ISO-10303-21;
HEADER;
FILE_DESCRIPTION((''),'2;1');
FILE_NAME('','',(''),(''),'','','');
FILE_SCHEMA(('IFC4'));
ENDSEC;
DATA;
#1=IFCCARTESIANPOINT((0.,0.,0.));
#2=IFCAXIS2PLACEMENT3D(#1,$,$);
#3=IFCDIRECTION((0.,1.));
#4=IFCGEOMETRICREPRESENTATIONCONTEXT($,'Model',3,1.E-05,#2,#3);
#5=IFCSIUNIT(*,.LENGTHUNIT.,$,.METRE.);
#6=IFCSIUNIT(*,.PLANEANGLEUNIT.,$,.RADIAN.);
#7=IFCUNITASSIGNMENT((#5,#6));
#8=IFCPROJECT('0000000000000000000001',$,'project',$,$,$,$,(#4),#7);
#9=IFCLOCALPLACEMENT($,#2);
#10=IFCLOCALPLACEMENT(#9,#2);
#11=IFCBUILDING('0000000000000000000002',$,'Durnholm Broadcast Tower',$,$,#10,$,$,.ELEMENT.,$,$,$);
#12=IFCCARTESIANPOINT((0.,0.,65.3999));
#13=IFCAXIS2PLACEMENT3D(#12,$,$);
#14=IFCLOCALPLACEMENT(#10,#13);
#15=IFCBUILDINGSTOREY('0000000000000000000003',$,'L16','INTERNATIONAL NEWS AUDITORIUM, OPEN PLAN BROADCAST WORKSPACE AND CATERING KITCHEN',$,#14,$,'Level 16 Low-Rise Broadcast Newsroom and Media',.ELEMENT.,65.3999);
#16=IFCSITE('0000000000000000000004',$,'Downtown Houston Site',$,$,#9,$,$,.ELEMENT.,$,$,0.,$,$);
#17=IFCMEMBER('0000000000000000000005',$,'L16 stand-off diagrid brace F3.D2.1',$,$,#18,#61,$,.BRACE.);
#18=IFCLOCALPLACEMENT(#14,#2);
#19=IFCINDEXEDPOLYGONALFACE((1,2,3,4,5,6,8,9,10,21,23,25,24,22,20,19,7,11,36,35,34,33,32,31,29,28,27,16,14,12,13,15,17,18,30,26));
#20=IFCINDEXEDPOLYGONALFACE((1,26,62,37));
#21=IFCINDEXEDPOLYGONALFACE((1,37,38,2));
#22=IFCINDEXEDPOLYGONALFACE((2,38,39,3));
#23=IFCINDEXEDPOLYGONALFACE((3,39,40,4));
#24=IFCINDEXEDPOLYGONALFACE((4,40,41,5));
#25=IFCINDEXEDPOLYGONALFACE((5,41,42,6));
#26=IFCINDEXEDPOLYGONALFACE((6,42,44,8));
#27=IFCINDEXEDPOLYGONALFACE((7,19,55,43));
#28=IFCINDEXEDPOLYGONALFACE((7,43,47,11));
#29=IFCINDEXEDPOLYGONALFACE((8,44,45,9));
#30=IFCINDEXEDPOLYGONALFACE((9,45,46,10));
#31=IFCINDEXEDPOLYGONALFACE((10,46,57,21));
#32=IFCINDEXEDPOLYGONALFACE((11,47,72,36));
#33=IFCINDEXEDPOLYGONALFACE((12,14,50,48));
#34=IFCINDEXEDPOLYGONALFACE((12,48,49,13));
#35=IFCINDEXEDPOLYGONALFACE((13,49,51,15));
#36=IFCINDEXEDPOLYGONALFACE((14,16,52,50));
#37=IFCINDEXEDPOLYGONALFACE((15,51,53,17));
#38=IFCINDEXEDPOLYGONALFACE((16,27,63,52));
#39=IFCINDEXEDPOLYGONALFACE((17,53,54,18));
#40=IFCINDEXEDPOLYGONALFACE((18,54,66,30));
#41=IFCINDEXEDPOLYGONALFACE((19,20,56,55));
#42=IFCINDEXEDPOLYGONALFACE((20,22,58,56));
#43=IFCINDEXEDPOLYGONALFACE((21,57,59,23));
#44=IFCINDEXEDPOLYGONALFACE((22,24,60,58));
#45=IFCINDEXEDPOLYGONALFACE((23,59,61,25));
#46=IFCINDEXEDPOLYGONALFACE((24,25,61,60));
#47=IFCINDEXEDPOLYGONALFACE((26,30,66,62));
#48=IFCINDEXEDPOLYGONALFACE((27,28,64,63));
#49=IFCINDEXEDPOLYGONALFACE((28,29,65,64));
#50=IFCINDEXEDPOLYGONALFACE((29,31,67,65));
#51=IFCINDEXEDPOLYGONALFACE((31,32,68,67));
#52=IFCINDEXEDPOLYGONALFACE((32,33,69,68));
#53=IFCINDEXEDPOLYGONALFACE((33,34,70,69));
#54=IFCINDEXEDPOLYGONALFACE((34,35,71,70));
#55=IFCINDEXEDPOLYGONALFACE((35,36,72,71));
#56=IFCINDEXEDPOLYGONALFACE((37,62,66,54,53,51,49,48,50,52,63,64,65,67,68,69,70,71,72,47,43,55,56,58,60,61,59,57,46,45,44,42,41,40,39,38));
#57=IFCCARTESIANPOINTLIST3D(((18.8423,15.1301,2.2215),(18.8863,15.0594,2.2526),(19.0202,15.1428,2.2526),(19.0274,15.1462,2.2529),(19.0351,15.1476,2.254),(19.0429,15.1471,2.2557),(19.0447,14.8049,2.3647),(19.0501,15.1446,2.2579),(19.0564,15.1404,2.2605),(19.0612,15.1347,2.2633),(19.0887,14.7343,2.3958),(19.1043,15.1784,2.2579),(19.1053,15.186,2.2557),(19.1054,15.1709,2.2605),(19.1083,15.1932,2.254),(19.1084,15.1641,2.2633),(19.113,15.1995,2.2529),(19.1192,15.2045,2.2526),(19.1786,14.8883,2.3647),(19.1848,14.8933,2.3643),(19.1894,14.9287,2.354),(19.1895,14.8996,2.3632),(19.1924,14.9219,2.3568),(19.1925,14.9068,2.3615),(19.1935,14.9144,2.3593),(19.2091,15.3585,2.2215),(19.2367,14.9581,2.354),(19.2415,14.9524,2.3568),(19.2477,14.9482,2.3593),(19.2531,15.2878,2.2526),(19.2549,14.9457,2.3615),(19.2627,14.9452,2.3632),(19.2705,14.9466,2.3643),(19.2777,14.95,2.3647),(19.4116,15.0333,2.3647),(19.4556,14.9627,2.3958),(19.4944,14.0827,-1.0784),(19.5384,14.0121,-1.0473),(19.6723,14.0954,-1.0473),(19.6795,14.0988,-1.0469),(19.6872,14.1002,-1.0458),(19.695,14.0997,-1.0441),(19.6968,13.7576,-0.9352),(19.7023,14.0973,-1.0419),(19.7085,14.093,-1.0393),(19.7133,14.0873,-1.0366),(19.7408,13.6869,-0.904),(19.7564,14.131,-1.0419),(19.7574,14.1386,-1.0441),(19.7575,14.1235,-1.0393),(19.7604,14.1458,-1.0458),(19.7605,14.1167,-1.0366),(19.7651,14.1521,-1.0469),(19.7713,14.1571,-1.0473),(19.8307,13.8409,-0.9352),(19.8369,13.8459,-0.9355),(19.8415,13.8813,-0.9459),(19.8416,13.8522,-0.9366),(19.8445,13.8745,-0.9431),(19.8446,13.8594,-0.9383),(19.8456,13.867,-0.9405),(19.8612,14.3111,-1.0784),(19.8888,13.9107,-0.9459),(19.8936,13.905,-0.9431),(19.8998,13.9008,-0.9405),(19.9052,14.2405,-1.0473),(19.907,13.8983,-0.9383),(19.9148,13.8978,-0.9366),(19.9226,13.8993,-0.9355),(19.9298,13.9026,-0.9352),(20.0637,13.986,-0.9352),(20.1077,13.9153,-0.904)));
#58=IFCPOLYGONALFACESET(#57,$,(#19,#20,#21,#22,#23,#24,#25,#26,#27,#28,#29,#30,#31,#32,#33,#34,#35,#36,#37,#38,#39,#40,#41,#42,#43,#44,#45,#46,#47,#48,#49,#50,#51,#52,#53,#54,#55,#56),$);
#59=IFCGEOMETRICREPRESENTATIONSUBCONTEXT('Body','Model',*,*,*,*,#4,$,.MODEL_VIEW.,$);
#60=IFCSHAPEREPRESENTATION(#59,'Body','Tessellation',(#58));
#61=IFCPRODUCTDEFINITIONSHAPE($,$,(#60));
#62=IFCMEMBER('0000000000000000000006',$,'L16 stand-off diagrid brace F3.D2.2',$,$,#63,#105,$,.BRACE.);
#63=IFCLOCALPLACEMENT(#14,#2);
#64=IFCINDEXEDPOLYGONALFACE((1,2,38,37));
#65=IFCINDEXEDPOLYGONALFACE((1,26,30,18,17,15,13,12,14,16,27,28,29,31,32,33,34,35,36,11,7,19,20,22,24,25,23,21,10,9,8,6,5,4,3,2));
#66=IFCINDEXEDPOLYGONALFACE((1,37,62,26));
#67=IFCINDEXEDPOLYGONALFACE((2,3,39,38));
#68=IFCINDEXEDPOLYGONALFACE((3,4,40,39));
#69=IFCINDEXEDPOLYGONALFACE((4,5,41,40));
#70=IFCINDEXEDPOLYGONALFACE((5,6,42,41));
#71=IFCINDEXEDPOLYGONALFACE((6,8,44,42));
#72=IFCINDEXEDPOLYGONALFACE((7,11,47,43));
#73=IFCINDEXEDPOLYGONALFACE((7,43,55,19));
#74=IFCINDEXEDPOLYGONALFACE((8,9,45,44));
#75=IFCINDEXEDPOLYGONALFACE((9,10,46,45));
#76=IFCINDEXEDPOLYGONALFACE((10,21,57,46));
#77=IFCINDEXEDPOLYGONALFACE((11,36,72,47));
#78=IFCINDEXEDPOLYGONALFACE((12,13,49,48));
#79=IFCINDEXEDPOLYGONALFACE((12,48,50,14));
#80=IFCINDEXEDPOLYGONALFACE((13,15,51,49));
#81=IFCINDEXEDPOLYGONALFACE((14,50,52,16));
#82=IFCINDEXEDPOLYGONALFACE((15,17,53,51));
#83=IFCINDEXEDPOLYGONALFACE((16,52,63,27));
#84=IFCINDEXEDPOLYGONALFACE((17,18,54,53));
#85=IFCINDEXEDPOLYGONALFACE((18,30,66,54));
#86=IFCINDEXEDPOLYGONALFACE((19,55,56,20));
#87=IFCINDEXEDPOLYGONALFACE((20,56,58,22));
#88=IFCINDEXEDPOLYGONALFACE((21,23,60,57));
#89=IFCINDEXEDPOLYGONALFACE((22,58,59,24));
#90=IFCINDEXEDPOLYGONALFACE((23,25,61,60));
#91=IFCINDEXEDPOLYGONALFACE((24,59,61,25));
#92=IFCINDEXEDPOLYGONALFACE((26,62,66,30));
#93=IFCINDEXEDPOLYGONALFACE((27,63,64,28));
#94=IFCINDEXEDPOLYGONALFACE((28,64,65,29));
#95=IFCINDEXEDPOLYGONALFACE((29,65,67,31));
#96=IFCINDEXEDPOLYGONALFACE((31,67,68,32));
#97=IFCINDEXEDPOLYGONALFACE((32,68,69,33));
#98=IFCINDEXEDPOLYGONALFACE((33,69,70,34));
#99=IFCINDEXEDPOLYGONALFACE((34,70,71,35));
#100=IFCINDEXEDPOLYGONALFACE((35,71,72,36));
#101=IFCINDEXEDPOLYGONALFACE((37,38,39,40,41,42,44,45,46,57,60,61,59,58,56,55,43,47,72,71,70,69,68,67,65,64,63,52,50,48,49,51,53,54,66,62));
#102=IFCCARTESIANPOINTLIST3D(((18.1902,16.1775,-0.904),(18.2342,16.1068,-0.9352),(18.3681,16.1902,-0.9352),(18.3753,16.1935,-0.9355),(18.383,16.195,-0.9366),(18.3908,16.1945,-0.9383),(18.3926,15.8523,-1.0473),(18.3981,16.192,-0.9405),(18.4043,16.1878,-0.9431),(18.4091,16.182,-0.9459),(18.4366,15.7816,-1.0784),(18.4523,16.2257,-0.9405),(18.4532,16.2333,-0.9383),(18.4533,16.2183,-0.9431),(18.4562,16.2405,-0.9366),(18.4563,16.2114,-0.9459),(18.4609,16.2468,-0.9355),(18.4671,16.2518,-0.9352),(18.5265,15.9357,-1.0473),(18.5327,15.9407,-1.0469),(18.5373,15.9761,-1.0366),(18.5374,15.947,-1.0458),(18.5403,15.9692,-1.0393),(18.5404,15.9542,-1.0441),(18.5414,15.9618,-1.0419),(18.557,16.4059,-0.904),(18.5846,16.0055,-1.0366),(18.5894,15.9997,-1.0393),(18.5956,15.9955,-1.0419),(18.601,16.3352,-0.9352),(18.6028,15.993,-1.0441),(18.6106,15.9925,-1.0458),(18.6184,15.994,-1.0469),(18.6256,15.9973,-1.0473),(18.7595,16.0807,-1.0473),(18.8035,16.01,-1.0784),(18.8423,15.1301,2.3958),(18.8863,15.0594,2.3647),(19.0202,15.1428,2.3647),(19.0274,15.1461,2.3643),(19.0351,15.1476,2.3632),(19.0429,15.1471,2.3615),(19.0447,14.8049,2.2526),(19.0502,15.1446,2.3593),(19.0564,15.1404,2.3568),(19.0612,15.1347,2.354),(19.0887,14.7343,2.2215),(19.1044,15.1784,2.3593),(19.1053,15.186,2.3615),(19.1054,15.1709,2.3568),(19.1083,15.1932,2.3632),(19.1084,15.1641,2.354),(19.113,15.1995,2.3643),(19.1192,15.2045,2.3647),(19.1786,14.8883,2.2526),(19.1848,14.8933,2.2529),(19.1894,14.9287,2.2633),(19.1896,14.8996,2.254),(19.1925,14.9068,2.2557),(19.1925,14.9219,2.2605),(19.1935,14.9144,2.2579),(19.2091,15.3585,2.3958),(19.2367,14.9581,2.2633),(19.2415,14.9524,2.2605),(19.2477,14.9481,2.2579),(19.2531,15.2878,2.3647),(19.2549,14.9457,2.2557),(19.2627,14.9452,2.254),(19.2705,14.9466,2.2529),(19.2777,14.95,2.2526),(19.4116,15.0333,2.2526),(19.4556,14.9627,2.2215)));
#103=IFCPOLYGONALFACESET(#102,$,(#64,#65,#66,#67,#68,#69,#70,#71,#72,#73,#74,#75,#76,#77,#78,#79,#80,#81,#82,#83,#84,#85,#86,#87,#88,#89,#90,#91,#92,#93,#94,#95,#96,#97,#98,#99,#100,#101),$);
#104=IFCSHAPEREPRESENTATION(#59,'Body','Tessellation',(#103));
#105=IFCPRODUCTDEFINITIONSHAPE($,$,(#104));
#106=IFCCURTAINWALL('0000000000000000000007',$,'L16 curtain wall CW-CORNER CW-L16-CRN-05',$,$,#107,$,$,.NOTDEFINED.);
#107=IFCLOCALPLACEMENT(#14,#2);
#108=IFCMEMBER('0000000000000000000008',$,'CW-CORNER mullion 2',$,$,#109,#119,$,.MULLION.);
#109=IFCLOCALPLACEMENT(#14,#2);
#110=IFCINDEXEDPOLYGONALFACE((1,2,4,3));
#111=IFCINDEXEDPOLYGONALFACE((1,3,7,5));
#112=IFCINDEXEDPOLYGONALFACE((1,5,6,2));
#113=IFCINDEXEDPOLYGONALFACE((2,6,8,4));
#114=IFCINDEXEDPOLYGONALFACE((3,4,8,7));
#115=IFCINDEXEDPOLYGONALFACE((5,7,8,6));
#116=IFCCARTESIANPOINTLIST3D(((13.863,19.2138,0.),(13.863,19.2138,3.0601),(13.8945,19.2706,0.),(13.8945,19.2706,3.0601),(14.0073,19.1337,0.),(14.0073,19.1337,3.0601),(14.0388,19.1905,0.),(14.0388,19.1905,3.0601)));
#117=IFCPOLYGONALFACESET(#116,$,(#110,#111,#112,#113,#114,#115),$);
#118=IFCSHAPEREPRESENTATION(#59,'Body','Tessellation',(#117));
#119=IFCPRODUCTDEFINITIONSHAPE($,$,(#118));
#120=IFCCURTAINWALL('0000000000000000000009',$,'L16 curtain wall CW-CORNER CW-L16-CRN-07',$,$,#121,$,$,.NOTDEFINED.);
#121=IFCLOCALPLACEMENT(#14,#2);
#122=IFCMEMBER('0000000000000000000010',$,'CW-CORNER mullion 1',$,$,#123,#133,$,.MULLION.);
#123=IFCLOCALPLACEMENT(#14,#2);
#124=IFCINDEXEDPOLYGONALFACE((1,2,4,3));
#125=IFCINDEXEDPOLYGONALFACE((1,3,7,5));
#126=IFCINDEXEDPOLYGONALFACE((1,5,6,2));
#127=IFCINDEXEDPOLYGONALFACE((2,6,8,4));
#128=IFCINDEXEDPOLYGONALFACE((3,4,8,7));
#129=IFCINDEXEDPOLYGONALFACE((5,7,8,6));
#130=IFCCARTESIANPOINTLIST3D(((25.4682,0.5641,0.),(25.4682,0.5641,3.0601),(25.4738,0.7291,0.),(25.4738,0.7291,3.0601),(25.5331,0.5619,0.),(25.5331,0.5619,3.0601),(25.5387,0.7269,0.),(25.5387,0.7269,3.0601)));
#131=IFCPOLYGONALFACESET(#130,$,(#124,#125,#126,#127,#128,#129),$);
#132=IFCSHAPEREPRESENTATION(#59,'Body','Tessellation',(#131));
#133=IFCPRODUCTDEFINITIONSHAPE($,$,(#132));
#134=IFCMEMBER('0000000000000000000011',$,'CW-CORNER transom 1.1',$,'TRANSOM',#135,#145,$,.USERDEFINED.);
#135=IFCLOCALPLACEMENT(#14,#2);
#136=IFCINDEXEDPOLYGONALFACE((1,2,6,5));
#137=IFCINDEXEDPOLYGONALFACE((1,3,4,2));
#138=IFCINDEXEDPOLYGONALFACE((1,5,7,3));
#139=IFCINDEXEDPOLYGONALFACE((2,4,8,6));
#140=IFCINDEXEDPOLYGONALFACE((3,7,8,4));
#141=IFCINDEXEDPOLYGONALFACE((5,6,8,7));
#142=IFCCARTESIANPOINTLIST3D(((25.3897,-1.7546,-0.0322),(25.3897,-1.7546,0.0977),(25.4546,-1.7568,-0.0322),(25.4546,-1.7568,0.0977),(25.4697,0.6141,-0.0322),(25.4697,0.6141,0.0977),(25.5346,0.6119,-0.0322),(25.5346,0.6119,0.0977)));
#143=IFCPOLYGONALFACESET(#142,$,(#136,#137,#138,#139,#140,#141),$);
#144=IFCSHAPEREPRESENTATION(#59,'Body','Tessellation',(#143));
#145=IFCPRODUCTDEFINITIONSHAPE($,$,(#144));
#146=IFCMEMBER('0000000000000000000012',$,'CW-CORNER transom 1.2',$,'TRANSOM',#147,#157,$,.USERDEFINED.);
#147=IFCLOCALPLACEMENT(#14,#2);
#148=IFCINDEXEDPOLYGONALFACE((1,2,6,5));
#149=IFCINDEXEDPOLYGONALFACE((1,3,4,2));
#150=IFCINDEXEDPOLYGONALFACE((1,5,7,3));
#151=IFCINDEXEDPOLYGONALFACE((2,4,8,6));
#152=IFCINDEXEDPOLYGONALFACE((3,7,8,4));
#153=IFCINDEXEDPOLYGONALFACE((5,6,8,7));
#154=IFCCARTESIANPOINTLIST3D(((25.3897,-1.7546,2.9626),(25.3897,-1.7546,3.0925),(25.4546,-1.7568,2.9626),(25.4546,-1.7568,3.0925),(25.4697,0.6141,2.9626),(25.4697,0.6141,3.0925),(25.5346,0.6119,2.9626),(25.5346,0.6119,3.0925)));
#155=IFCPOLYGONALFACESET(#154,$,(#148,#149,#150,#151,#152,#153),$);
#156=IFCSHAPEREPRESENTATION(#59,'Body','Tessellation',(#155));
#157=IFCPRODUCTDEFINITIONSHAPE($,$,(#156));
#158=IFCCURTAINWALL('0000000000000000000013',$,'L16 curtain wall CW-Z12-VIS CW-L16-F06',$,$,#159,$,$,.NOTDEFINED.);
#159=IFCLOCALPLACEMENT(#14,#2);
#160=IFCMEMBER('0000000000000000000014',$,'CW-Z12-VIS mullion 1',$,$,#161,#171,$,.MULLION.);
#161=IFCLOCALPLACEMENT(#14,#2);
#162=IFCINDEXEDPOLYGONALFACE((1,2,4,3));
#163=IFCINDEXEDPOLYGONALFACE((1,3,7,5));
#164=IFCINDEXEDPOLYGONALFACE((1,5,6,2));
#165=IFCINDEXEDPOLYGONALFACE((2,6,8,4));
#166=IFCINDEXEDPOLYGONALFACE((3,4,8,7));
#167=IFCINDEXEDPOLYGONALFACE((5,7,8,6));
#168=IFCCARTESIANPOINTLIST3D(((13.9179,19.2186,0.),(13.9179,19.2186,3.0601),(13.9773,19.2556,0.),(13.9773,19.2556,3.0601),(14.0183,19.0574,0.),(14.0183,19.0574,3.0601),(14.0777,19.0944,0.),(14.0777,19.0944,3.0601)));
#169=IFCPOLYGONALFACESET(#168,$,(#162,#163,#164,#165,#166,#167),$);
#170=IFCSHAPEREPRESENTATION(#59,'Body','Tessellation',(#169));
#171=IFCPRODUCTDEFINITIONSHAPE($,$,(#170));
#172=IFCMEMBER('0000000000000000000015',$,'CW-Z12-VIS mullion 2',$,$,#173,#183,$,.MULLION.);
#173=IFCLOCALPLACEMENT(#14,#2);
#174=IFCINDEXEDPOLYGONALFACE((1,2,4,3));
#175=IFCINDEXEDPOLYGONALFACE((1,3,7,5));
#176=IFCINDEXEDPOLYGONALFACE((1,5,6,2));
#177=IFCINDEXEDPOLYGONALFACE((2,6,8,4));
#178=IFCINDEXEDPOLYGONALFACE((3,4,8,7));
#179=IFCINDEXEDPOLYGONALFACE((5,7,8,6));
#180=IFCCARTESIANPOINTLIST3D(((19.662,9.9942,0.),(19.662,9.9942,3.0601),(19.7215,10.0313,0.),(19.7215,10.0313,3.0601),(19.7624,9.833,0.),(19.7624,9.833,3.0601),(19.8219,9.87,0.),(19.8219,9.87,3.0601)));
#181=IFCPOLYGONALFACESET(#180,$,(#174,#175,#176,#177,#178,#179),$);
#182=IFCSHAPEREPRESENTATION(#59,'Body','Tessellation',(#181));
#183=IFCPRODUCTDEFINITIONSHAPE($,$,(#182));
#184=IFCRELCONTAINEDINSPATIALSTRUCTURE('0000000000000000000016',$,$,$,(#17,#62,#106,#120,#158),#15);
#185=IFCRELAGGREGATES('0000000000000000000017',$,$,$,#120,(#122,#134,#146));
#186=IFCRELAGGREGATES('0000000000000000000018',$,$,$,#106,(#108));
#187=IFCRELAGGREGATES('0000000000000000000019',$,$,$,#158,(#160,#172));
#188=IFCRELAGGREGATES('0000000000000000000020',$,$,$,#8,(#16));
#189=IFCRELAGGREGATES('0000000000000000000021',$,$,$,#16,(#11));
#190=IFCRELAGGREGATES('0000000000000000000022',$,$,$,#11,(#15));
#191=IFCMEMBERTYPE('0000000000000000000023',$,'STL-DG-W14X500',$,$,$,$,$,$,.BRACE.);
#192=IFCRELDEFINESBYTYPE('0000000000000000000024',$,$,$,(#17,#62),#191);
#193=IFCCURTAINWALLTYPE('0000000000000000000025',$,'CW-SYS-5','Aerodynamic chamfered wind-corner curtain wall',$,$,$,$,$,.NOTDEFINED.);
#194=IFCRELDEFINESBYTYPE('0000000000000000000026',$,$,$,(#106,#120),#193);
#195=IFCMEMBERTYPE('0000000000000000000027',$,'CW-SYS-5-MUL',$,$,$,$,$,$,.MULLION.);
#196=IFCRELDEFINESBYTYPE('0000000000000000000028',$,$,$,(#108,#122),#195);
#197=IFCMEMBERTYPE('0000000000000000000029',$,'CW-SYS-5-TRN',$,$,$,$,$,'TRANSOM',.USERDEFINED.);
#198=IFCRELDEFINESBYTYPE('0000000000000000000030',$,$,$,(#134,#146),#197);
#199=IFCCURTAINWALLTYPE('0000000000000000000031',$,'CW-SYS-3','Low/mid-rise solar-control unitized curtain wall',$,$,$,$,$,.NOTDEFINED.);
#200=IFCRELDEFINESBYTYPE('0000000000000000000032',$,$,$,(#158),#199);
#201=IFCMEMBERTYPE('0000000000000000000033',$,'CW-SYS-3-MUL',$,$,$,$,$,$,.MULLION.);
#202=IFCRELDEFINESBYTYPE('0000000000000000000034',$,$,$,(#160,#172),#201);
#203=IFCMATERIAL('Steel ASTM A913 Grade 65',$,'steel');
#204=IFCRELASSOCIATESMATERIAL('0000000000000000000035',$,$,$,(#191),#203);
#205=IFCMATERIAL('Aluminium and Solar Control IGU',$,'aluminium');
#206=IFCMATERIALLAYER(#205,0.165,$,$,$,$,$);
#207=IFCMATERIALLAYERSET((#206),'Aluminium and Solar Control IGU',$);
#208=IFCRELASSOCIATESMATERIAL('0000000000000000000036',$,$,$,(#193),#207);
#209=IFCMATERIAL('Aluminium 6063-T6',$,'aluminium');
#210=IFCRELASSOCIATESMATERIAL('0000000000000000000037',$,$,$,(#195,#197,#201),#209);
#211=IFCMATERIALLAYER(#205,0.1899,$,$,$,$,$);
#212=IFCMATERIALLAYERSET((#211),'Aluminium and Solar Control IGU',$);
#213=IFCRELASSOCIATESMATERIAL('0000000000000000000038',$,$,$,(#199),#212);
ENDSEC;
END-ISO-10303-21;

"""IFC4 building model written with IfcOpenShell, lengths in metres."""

from ifc_helpers import new_model, si_unit, direction, frame, origin, origin_2d, place, context, subcontext, project, spatial, rectangle, i_section, extrude, source, transform, mapped, material, layer, layer_set, material_profile, profile_set, type_object, type_shapes, element, aggregate, save


model = new_model("IFC4")

# Units and contexts
model_context = context("Model", 3, precision=1e-05, world=origin(), true_north=direction((0.0, 1.0)))
body_context = subcontext(model_context, "Body", "Model", "MODEL_VIEW")
ifc_project = project(units=[si_unit("LENGTHUNIT", "METRE"), si_unit("PLANEANGLEUNIT", "RADIAN")], contexts=[model_context])

# Site, building, storey
site_placement = place(None, origin())
site = spatial("IfcSite", under=ifc_project, at=site_placement, Name="Downtown Houston Site", CompositionType="ELEMENT", RefElevation=0.0)
building_placement = place(site_placement, origin())
building = spatial("IfcBuilding", under=site, at=building_placement, Name="Durnholm Broadcast Tower", CompositionType="ELEMENT")
storey_placement = place(building_placement, frame((0.0, 0.0, 65.3999)))
storey = spatial("IfcBuildingStorey", under=building, at=storey_placement, Name="L16", Description="INTERNATIONAL NEWS AUDITORIUM, OPEN PLAN BROADCAST WORKSPACE AND CATERING KITCHEN", LongName="Level 16 Low-Rise Broadcast Newsroom and Media", CompositionType="ELEMENT", Elevation=65.3999)

# Members
ifc_material_1 = material(Name="Steel ASTM A913 Grade 65", Category="steel")
ifc_material_profile_1 = material_profile(ifc_material_1, i_section(OverallWidth=0.4321, OverallDepth=0.4978, WebThickness=0.0557, FlangeThickness=0.0889, FilletRadius=0.0305, at=origin_2d()), Name="W14X500")
ifc_profile_set_1 = profile_set([ifc_material_profile_1], Name="Steel ASTM A913 Grade 65")
member_type_1 = type_object("IfcMemberType", Name="STL-DG-W14X500", PredefinedType="BRACE", material=ifc_profile_set_1)
shared_shape_1 = source(origin(), body_context, "Body", "SweptSolid", [
    extrude(i_section(OverallWidth=0.4321, OverallDepth=0.4978, WebThickness=0.0557, FlangeThickness=0.0889, FilletRadius=0.0305, at=origin_2d()), origin(), (0.0, 0.0, 1.0), 3.5229),
])
type_shapes(member_type_1, [shared_shape_1])
for number, where, z_axis, x_axis, name in (
    (1, (19.801, 13.999, -0.9912), (-0.185102, 0.2973, 0.936669), (-0.848909, -0.52854, 0.0), "L16 stand-off diagrid brace F3.D2.1"),
    (2, (18.4968, 16.0938, -0.9912), (0.185102, -0.2973, 0.936669), (0.848909, 0.52854, 0.0), "L16 stand-off diagrid brace F3.D2.2"),
):
    element("IfcMember", number, at=place(storey_placement, frame(where, z_axis=z_axis, x_axis=x_axis)), inside=storey, type_object=member_type_1, Name=name, PredefinedType="BRACE", context=body_context, shape_type="MappedRepresentation", body=[
        mapped(shared_shape_1, transform((0.0, 0.0, 0.0), x_axis=(1.0, 0.0, 0.0), y_axis=(0.0, 1.0, 0.0), z_axis=(0.0, 0.0, 1.0), scale=1.0)),
    ])

# Curtain wall, member
ifc_material_2 = material(Name="Aluminium and Solar Control IGU", Category="aluminium")
ifc_layer_1 = layer(ifc_material_2, 0.165)
ifc_layer_set_1 = layer_set([ifc_layer_1], Name="Aluminium and Solar Control IGU")
curtain_wall_type_1 = type_object("IfcCurtainWallType", Name="CW-SYS-5", Description="Aerodynamic chamfered wind-corner curtain wall", PredefinedType="NOTDEFINED", material=ifc_layer_set_1)
curtain_wall_1_placement = place(storey_placement, origin())
curtain_wall_1 = element("IfcCurtainWall", 3, at=curtain_wall_1_placement, inside=storey, type_object=curtain_wall_type_1, Name="L16 curtain wall CW-CORNER CW-L16-CRN-05", PredefinedType="NOTDEFINED")
ifc_material_3 = material(Name="Aluminium 6063-T6", Category="aluminium")
ifc_material_profile_2 = material_profile(ifc_material_3, rectangle(XDim=0.0649, YDim=0.165, at=origin_2d()), Name="CWM65X165")
ifc_profile_set_2 = profile_set([ifc_material_profile_2], Name="Aluminium 6063-T6")
member_type_2 = type_object("IfcMemberType", Name="CW-SYS-5-MUL", PredefinedType="MULLION", material=ifc_profile_set_2)
shared_shape_2 = source(origin(), body_context, "Body", "SweptSolid", [
    extrude(rectangle(XDim=0.0649, YDim=0.165, at=origin_2d()), origin(), (0.0, 0.0, 1.0), 3.0601),
])
type_shapes(member_type_2, [shared_shape_2])
member_1_placement = place(storey_placement, frame((13.9509, 19.2021, 0.0), z_axis=(0.0, 0.0, 1.0), x_axis=(0.485483, 0.874246, 0.0)))
member_1 = element("IfcMember", 4, at=member_1_placement, type_object=member_type_2, Name="CW-CORNER mullion 2", PredefinedType="MULLION", context=body_context, shape_type="MappedRepresentation", body=[
    mapped(shared_shape_2, transform((0.0, 0.0, 0.0), x_axis=(1.0, 0.0, 0.0), y_axis=(0.0, 1.0, 0.0), z_axis=(0.0, 0.0, 1.0), scale=1.0)),
])

# Curtain walls, members
curtain_wall_2_placement = place(storey_placement, origin())
curtain_wall_2 = element("IfcCurtainWall", 5, at=curtain_wall_2_placement, inside=storey, type_object=curtain_wall_type_1, Name="L16 curtain wall CW-CORNER CW-L16-CRN-07", PredefinedType="NOTDEFINED")
member_2_placement = place(storey_placement, frame((25.5034, 0.6455, 0.0), z_axis=(0.0, 0.0, 1.0), x_axis=(0.999427, -0.03384, 0.0)))
member_2 = element("IfcMember", 6, at=member_2_placement, type_object=member_type_2, Name="CW-CORNER mullion 1", PredefinedType="MULLION", context=body_context, shape_type="MappedRepresentation", body=[
    mapped(shared_shape_2, transform((0.0, 0.0, 0.0), x_axis=(1.0, 0.0, 0.0), y_axis=(0.0, 1.0, 0.0), z_axis=(0.0, 0.0, 1.0), scale=1.0)),
])
ifc_material_profile_3 = material_profile(ifc_material_3, rectangle(XDim=0.0649, YDim=0.1299, at=origin_2d()), Name="CWT65X130")
ifc_profile_set_3 = profile_set([ifc_material_profile_3], Name="Aluminium 6063-T6")
member_type_3 = type_object("IfcMemberType", Name="CW-SYS-5-TRN", ElementType="TRANSOM", PredefinedType="USERDEFINED", material=ifc_profile_set_3)
shared_shape_3 = source(origin(), body_context, "Body", "SweptSolid", [
    extrude(rectangle(XDim=0.0649, YDim=0.1299, at=origin_2d()), origin(), (0.0, 0.0, 1.0), 2.3701),
])
type_shapes(member_type_3, [shared_shape_3])
member_3_placement = place(storey_placement, frame((25.5022, 0.613, 0.0327), z_axis=(-0.033788, -0.999429, 0.0), x_axis=(0.999429, -0.033788, 0.0)))
member_3 = element("IfcMember", 7, at=member_3_placement, type_object=member_type_3, Name="CW-CORNER transom 1.1", ObjectType="TRANSOM", PredefinedType="USERDEFINED", context=body_context, shape_type="MappedRepresentation", body=[
    mapped(shared_shape_3, transform((0.0, 0.0, 0.0), x_axis=(1.0, 0.0, 0.0), y_axis=(0.0, 1.0, 0.0), z_axis=(0.0, 0.0, 1.0), scale=1.0)),
])
member_4_placement = place(storey_placement, frame((25.5022, 0.613, 3.0276), z_axis=(-0.033788, -0.999429, 0.0), x_axis=(0.999429, -0.033788, 0.0)))
member_4 = element("IfcMember", 8, at=member_4_placement, type_object=member_type_3, Name="CW-CORNER transom 1.2", ObjectType="TRANSOM", PredefinedType="USERDEFINED", context=body_context, shape_type="MappedRepresentation", body=[
    mapped(shared_shape_3, transform((0.0, 0.0, 0.0), x_axis=(1.0, 0.0, 0.0), y_axis=(0.0, 1.0, 0.0), z_axis=(0.0, 0.0, 1.0), scale=1.0)),
])
aggregate(curtain_wall_2, [member_2, member_3, member_4])
ifc_layer_2 = layer(ifc_material_2, 0.1899)
ifc_layer_set_2 = layer_set([ifc_layer_2], Name="Aluminium and Solar Control IGU")
curtain_wall_type_2 = type_object("IfcCurtainWallType", Name="CW-SYS-3", Description="Low/mid-rise solar-control unitized curtain wall", PredefinedType="NOTDEFINED", material=ifc_layer_set_2)
curtain_wall_3_placement = place(storey_placement, origin())
curtain_wall_3 = element("IfcCurtainWall", 9, at=curtain_wall_3_placement, inside=storey, type_object=curtain_wall_type_2, Name="L16 curtain wall CW-Z12-VIS CW-L16-F06", PredefinedType="NOTDEFINED")
ifc_material_profile_4 = material_profile(ifc_material_3, rectangle(XDim=0.0701, YDim=0.1899, at=origin_2d()), Name="CWM70X190")
ifc_profile_set_4 = profile_set([ifc_material_profile_4], Name="Aluminium 6063-T6")
member_type_4 = type_object("IfcMemberType", Name="CW-SYS-3-MUL", PredefinedType="MULLION", material=ifc_profile_set_4)
shared_shape_4 = source(origin(), body_context, "Body", "SweptSolid", [
    extrude(rectangle(XDim=0.0701, YDim=0.1899, at=origin_2d()), origin(), (0.0, 0.0, 1.0), 3.0601),
])
type_shapes(member_type_4, [shared_shape_4])
member_5_placement = place(storey_placement, frame((13.9978, 19.1565, 0.0), z_axis=(0.0, 0.0, 1.0), x_axis=(0.848876, 0.528592, 0.0)))
member_5 = element("IfcMember", 10, at=member_5_placement, type_object=member_type_4, Name="CW-Z12-VIS mullion 1", PredefinedType="MULLION", context=body_context, shape_type="MappedRepresentation", body=[
    mapped(shared_shape_4, transform((0.0, 0.0, 0.0), x_axis=(1.0, 0.0, 0.0), y_axis=(0.0, 1.0, 0.0), z_axis=(0.0, 0.0, 1.0), scale=1.0)),
])
member_6_placement = place(storey_placement, frame((19.7419, 9.9321, 0.0), z_axis=(0.0, 0.0, 1.0), x_axis=(0.848876, 0.528592, 0.0)))
member_6 = element("IfcMember", 11, at=member_6_placement, type_object=member_type_4, Name="CW-Z12-VIS mullion 2", PredefinedType="MULLION", context=body_context, shape_type="MappedRepresentation", body=[
    mapped(shared_shape_4, transform((0.0, 0.0, 0.0), x_axis=(1.0, 0.0, 0.0), y_axis=(0.0, 1.0, 0.0), z_axis=(0.0, 0.0, 1.0), scale=1.0)),
])

aggregate(curtain_wall_1, [member_1])
aggregate(curtain_wall_3, [member_5, member_6])

save(model, "model.ifc")
